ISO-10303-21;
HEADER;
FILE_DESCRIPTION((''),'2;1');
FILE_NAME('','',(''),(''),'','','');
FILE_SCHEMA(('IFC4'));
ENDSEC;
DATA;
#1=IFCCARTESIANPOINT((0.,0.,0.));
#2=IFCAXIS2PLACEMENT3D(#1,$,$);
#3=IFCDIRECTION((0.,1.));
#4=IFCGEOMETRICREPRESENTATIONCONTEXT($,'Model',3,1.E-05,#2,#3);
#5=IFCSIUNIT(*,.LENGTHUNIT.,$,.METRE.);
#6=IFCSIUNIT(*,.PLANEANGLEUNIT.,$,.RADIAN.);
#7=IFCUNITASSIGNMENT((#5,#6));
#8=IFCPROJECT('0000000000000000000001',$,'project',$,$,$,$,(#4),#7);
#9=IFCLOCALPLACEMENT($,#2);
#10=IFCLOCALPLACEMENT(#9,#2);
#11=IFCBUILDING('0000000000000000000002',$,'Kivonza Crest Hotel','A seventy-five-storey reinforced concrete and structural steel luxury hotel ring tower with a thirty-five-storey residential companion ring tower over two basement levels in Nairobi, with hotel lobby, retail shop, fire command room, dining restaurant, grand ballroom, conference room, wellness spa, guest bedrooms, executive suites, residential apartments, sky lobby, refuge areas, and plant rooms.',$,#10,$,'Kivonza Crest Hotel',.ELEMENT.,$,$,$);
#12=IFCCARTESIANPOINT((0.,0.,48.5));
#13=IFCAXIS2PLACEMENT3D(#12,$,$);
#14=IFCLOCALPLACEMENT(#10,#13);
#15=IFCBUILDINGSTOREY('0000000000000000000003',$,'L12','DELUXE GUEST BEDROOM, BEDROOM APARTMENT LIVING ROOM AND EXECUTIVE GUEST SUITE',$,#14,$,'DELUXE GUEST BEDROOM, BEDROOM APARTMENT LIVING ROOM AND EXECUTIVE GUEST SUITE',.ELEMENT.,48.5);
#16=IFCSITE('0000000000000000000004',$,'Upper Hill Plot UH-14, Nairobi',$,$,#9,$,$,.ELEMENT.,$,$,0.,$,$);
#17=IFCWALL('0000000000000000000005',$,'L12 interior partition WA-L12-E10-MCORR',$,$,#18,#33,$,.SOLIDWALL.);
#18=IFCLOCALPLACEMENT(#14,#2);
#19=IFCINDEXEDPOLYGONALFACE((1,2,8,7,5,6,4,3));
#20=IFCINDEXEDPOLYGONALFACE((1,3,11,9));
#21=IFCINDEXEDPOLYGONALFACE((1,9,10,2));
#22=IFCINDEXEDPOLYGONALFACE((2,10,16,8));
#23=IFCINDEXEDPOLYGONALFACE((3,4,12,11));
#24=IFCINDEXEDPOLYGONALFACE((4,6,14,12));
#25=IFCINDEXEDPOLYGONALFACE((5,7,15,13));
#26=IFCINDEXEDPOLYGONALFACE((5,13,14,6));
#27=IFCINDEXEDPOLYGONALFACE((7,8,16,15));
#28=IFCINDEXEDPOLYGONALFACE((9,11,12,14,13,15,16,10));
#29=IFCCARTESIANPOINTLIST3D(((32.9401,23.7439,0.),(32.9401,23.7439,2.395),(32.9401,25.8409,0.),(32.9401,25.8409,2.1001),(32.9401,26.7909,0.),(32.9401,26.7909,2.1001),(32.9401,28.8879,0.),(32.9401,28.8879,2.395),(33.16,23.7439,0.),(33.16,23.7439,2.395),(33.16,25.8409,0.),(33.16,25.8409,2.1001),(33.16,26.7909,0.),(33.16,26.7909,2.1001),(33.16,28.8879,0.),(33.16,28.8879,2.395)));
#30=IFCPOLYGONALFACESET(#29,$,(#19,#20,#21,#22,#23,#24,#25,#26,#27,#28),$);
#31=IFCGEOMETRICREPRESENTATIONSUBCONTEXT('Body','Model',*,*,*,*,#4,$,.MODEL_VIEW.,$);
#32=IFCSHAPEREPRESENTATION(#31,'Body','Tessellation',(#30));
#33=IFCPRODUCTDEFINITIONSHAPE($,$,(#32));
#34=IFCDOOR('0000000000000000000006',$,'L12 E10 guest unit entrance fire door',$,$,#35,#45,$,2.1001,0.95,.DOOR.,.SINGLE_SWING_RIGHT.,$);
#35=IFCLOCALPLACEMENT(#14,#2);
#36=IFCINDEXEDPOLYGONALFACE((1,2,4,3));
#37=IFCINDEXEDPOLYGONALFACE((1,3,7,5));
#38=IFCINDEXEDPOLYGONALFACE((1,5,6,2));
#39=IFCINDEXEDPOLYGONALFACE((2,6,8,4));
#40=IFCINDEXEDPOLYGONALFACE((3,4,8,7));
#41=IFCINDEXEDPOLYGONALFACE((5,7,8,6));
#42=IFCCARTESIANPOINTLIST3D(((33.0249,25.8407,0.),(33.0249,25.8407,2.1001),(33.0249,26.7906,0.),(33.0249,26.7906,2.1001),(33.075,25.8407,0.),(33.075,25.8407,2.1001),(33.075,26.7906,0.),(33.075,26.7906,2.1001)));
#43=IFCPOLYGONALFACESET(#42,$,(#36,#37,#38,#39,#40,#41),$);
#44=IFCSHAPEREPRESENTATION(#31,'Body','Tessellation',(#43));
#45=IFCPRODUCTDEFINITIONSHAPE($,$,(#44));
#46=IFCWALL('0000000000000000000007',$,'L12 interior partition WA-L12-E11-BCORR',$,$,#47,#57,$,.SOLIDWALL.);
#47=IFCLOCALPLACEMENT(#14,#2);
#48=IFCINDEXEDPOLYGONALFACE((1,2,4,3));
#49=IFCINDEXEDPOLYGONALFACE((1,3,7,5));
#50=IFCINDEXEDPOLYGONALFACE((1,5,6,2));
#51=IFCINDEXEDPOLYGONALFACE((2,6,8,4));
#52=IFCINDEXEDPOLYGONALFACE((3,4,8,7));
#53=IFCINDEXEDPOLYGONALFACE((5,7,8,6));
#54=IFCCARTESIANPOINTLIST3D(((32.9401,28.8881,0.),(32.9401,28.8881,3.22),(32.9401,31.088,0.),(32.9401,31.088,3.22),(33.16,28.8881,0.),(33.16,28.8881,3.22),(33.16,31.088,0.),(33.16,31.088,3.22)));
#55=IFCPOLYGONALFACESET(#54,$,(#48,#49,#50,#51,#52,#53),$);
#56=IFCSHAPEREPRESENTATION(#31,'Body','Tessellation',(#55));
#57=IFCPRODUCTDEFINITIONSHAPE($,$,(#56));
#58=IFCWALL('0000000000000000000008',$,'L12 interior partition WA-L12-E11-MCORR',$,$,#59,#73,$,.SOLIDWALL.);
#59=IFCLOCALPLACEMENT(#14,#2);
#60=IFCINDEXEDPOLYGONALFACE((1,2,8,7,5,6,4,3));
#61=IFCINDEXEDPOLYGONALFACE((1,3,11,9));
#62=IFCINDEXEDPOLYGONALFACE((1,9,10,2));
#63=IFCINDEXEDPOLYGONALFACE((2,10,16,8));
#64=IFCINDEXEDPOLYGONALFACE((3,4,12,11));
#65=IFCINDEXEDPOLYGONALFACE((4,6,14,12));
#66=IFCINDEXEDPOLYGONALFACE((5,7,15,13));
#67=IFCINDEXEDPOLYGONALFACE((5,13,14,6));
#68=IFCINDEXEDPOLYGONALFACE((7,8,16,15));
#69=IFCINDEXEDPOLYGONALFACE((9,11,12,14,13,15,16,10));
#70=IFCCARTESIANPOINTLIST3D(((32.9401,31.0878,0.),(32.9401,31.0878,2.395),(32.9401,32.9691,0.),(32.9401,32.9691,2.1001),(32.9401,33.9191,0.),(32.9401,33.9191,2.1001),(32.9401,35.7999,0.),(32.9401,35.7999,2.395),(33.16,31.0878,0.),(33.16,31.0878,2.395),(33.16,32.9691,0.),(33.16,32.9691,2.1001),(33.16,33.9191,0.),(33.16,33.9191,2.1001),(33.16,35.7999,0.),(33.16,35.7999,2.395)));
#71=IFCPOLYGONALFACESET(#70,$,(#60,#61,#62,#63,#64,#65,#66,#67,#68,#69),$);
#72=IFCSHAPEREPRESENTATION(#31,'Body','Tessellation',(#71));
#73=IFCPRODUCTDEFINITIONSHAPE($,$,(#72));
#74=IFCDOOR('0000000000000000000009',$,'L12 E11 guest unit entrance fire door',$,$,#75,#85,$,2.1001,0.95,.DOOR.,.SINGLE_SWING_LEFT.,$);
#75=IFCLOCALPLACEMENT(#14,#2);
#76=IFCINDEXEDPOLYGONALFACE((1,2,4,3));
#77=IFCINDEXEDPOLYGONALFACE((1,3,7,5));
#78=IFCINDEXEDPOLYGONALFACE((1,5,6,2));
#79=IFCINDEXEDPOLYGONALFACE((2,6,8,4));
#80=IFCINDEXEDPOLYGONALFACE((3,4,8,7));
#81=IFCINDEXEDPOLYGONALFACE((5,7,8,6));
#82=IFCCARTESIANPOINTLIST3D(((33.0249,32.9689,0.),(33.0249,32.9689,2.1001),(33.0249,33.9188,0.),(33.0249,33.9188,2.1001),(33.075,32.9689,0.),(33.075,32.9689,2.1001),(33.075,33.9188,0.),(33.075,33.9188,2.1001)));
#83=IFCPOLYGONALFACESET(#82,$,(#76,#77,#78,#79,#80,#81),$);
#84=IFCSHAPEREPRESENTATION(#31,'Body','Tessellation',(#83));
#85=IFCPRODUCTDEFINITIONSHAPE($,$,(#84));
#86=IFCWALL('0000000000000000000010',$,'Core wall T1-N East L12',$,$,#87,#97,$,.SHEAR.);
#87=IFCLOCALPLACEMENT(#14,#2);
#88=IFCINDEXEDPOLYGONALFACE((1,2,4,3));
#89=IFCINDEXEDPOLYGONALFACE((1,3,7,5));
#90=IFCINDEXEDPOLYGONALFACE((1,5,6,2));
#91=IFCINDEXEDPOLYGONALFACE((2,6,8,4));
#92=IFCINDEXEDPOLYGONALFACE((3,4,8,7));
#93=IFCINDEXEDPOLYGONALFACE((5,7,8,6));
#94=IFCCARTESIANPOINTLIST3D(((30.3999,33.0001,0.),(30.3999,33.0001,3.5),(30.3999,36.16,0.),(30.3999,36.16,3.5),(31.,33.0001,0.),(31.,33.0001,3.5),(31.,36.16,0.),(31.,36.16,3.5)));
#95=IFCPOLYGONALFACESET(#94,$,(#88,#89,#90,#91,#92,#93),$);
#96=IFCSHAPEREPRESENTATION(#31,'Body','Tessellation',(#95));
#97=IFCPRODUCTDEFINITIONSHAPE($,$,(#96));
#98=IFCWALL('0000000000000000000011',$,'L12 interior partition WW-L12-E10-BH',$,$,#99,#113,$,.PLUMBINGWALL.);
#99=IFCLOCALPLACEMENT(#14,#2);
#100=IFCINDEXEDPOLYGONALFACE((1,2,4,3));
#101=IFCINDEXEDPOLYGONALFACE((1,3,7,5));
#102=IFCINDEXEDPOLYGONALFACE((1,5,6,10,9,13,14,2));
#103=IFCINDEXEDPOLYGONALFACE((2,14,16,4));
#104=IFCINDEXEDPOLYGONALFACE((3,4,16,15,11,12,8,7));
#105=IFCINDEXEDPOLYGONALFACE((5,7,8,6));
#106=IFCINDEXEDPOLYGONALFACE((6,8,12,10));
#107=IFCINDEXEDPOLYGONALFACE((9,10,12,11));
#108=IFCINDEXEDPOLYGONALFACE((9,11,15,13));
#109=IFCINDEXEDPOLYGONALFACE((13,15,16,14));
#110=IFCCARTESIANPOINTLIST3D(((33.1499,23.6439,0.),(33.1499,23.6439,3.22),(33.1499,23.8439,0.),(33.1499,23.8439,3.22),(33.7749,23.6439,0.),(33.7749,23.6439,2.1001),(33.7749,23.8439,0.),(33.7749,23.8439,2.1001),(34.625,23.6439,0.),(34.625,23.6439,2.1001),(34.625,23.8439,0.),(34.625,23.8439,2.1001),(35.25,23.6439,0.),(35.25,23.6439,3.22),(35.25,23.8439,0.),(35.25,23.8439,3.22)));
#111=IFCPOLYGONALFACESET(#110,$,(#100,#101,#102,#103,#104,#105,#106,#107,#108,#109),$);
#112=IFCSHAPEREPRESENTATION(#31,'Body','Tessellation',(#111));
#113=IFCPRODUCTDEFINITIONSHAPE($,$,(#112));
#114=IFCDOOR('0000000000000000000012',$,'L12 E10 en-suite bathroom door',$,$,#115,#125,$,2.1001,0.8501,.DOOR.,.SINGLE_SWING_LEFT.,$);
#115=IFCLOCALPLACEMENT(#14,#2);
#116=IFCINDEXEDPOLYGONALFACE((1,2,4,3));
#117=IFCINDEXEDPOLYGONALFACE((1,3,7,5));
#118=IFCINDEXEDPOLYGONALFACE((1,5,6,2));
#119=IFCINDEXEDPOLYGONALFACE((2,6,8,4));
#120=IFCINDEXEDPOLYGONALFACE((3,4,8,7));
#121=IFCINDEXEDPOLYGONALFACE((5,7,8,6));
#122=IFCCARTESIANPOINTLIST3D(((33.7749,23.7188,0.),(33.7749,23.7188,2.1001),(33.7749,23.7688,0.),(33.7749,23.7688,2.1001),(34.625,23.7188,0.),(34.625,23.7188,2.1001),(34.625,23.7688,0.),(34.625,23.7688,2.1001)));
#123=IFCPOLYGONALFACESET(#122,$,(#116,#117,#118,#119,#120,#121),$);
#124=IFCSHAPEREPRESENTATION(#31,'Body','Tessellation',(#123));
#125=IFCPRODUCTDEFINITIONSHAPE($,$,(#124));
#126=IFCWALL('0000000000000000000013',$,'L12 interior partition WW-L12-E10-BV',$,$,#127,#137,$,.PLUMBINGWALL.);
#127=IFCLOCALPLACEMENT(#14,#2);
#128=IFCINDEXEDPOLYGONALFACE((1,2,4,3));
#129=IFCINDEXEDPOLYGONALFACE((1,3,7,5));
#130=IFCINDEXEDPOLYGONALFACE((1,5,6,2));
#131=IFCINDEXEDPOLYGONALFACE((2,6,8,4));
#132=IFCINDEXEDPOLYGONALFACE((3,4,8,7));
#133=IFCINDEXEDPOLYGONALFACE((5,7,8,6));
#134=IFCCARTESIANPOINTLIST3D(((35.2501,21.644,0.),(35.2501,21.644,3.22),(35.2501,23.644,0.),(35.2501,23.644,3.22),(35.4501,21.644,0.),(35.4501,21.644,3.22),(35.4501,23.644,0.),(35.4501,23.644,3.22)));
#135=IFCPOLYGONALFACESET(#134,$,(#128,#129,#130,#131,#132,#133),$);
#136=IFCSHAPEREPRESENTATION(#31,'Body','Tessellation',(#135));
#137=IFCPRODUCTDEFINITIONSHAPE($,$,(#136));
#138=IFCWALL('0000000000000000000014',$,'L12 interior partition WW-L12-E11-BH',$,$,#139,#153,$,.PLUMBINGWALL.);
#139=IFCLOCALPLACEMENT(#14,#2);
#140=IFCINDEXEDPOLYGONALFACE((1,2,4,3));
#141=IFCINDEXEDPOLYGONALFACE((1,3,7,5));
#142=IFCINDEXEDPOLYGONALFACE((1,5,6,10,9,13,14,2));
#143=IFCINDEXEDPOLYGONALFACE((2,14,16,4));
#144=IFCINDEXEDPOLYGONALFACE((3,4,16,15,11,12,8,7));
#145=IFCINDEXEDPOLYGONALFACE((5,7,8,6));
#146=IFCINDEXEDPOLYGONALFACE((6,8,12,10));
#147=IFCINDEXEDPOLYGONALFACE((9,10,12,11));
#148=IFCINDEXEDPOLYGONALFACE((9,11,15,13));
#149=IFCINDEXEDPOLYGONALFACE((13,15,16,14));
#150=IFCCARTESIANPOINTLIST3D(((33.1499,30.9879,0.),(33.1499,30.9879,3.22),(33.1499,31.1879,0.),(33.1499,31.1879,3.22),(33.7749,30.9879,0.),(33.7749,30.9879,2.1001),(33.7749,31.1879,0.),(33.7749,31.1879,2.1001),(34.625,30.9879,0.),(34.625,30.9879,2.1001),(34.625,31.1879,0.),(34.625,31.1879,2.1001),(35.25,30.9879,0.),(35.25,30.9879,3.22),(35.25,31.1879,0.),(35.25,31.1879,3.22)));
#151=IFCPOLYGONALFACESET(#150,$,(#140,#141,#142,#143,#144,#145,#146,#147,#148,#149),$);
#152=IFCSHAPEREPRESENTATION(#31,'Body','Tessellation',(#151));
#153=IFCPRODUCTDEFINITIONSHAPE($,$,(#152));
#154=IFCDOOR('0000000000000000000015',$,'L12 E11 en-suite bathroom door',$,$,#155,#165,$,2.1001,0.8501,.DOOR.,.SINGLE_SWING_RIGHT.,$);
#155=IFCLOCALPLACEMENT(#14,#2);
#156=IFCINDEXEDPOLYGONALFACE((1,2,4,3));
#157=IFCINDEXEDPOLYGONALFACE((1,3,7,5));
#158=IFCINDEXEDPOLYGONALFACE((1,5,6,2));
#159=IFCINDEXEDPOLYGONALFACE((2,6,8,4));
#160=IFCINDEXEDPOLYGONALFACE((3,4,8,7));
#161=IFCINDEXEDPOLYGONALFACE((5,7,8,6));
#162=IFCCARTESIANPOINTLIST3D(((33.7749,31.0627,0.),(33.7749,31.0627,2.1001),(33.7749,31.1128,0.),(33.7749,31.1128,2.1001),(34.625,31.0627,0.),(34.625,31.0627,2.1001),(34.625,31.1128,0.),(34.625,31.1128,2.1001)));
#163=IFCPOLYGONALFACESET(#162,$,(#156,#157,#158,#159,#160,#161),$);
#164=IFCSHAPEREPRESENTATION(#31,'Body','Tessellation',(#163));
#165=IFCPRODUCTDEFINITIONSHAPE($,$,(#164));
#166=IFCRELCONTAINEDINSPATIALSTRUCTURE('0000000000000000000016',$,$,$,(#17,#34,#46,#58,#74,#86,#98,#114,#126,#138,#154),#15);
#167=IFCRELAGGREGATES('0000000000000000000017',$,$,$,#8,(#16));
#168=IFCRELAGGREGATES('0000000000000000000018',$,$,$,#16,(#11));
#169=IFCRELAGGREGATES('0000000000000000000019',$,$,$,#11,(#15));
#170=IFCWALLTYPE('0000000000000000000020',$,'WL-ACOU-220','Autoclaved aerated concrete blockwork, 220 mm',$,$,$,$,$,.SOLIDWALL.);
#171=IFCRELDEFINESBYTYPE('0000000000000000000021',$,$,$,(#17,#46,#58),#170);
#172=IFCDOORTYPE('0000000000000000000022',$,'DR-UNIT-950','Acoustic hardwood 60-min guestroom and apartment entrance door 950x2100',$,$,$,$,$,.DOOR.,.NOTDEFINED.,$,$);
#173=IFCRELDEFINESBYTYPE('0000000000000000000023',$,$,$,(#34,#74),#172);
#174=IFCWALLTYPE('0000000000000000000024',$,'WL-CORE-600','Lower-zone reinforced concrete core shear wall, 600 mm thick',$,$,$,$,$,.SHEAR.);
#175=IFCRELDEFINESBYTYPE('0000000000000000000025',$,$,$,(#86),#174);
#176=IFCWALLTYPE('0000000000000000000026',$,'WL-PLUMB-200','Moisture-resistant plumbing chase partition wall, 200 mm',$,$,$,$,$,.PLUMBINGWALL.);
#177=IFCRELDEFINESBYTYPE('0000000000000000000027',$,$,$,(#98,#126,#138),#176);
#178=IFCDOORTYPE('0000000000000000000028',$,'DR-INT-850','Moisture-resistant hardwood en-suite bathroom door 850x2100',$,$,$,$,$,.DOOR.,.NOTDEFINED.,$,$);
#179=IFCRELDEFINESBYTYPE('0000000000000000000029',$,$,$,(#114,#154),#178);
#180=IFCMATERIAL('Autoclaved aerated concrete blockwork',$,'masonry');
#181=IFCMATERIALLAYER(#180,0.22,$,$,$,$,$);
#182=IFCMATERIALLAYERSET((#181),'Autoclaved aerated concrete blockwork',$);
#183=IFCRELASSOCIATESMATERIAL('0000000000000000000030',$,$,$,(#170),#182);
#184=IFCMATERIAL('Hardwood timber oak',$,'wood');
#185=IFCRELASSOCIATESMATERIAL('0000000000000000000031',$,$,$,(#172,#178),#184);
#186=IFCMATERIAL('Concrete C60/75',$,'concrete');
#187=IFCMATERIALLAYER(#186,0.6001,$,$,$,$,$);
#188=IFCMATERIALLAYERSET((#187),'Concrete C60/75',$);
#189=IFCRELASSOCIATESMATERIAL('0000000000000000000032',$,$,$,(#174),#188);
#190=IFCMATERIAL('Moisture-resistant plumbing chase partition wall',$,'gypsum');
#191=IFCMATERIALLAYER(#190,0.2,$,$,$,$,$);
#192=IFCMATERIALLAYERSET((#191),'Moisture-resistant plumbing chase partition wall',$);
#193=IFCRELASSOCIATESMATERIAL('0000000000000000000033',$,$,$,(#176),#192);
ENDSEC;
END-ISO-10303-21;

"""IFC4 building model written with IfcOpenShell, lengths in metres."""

from ifc_helpers import new_model, si_unit, direction, frame, frame_2d, origin, place, context, subcontext, project, spatial, rectangle, extrude, material, layer, layer_set, type_object, element, fill, save


model = new_model("IFC4")

# Units and contexts
model_context = context("Model", 3, precision=1e-05, world=origin(), true_north=direction((0.0, 1.0)))
body_context = subcontext(model_context, "Body", "Model", "MODEL_VIEW")
ifc_project = project(units=[si_unit("LENGTHUNIT", "METRE"), si_unit("PLANEANGLEUNIT", "RADIAN")], contexts=[model_context])

# Site, building, storey
site_placement = place(None, origin())
site = spatial("IfcSite", under=ifc_project, at=site_placement, Name="Upper Hill Plot UH-14, Nairobi", CompositionType="ELEMENT", RefElevation=0.0)
building_placement = place(site_placement, origin())
building = spatial("IfcBuilding", under=site, at=building_placement, Name="Kivonza Crest Hotel", Description="A seventy-five-storey reinforced concrete and structural steel luxury hotel ring tower with a thirty-five-storey residential companion ring tower over two basement levels in Nairobi, with hotel lobby, retail shop, fire command room, dining restaurant, grand ballroom, conference room, wellness spa, guest bedrooms, executive suites, residential apartments, sky lobby, refuge areas, and plant rooms.", LongName="Kivonza Crest Hotel", CompositionType="ELEMENT")
storey_placement = place(building_placement, frame((0.0, 0.0, 48.5)))
storey = spatial("IfcBuildingStorey", under=building, at=storey_placement, Name="L12", Description="DELUXE GUEST BEDROOM, BEDROOM APARTMENT LIVING ROOM AND EXECUTIVE GUEST SUITE", LongName="DELUXE GUEST BEDROOM, BEDROOM APARTMENT LIVING ROOM AND EXECUTIVE GUEST SUITE", CompositionType="ELEMENT", Elevation=48.5)

# Shared definitions
ifc_material_1 = material(Name="Concrete C60/75", Category="concrete")

# Shared definitions
ifc_material_2 = material(Name="Autoclaved aerated concrete blockwork", Category="masonry")
ifc_layer_1 = layer(ifc_material_2, 0.22)
ifc_layer_set_1 = layer_set([ifc_layer_1], Name="Autoclaved aerated concrete blockwork")
wall_type_1 = type_object("IfcWallType", Name="WL-ACOU-220", Description="Autoclaved aerated concrete blockwork, 220 mm", PredefinedType="SOLIDWALL", material=ifc_layer_set_1)

# Wall, opening, door
wall_1_placement = place(storey_placement, frame((33.05, 23.7439, 0.0), z_axis=(0.0, 0.0, 1.0), x_axis=(0.0, 1.0, 0.0)))
wall_1 = element("IfcWall", 1, at=wall_1_placement, inside=storey, type_object=wall_type_1, Name="L12 interior partition WA-L12-E10-MCORR", PredefinedType="SOLIDWALL", context=body_context, shape_type="SweptSolid", body=[
    extrude(rectangle(XDim=5.144, YDim=0.22, at=frame_2d((2.572, 0.0))), origin(), (0.0, 0.0, 1.0), 2.395),
])
opening_1_placement = place(wall_1_placement, frame((2.0969, 0.0, 0.0)))
opening_1 = element("IfcOpeningElement", 2, at=opening_1_placement, cuts=wall_1, PredefinedType="OPENING", context=body_context, shape_type="SweptSolid", body=[
    extrude(rectangle(XDim=0.95, YDim=2.1001, at=frame_2d((0.4751, 1.05))), frame((0.0, 0.1201, 0.0), z_axis=(0.0, -1.0, 0.0), x_axis=(1.0, 0.0, 0.0)), (0.0, 0.0, 1.0), 0.24),
])
ifc_material_3 = material(Name="Hardwood timber oak", Category="wood")
door_type_1 = type_object("IfcDoorType", Name="DR-UNIT-950", Description="Acoustic hardwood 60-min guestroom and apartment entrance door 950x2100", OperationType="NOTDEFINED", PredefinedType="DOOR", material=ifc_material_3)
door_1_placement = place(opening_1_placement, frame((0.95, 0.0, 0.0), z_axis=(0.0, 0.0, 1.0), x_axis=(-1.0, 0.0, 0.0)))
door_1 = element("IfcDoor", 3, at=door_1_placement, inside=storey, type_object=door_type_1, Name="L12 E10 guest unit entrance fire door", OperationType="SINGLE_SWING_RIGHT", OverallHeight=2.1001, OverallWidth=0.95, PredefinedType="DOOR", context=body_context, shape_type="SweptSolid", body=[
    extrude(rectangle(XDim=0.95, YDim=2.1001, at=frame_2d((0.4751, 1.05))), frame((0.0, 0.0249, 0.0), z_axis=(0.0, -1.0, 0.0), x_axis=(1.0, 0.0, 0.0)), (0.0, 0.0, 1.0), 0.05),
])
fill(opening_1, door_1)

# Wall
wall_2_placement = place(storey_placement, frame((33.05, 28.8879, 0.0), z_axis=(0.0, 0.0, 1.0), x_axis=(0.0, 1.0, 0.0)))
element("IfcWall", 4, at=wall_2_placement, inside=storey, type_object=wall_type_1, Name="L12 interior partition WA-L12-E11-BCORR", PredefinedType="SOLIDWALL", context=body_context, shape_type="SweptSolid", body=[
    extrude(rectangle(XDim=2.2, YDim=0.22, at=frame_2d((1.1001, 0.0))), origin(), (0.0, 0.0, 1.0), 3.22),
])

# Wall, opening, door
wall_3_placement = place(storey_placement, frame((33.05, 31.0879, 0.0), z_axis=(0.0, 0.0, 1.0), x_axis=(0.0, 1.0, 0.0)))
wall_3 = element("IfcWall", 5, at=wall_3_placement, inside=storey, type_object=wall_type_1, Name="L12 interior partition WA-L12-E11-MCORR", PredefinedType="SOLIDWALL", context=body_context, shape_type="SweptSolid", body=[
    extrude(rectangle(XDim=4.7122, YDim=0.22, at=frame_2d((2.356, 0.0))), origin(), (0.0, 0.0, 1.0), 2.395),
])
opening_2_placement = place(wall_3_placement, frame((1.8811, 0.0, 0.0)))
opening_2 = element("IfcOpeningElement", 6, at=opening_2_placement, cuts=wall_3, PredefinedType="OPENING", context=body_context, shape_type="SweptSolid", body=[
    extrude(rectangle(XDim=0.95, YDim=2.1001, at=frame_2d((0.4751, 1.05))), frame((0.0, 0.1201, 0.0), z_axis=(0.0, -1.0, 0.0), x_axis=(1.0, 0.0, 0.0)), (0.0, 0.0, 1.0), 0.24),
])
door_2_placement = place(opening_2_placement, frame((0.95, 0.0, 0.0), z_axis=(0.0, 0.0, 1.0), x_axis=(-1.0, 0.0, 0.0)))
door_2 = element("IfcDoor", 7, at=door_2_placement, inside=storey, type_object=door_type_1, Name="L12 E11 guest unit entrance fire door", OperationType="SINGLE_SWING_LEFT", OverallHeight=2.1001, OverallWidth=0.95, PredefinedType="DOOR", context=body_context, shape_type="SweptSolid", body=[
    extrude(rectangle(XDim=0.95, YDim=2.1001, at=frame_2d((0.4751, 1.05))), frame((0.0, 0.0249, 0.0), z_axis=(0.0, -1.0, 0.0), x_axis=(1.0, 0.0, 0.0)), (0.0, 0.0, 1.0), 0.05),
])
fill(opening_2, door_2)

# Wall
ifc_layer_2 = layer(ifc_material_1, 0.6001)
ifc_layer_set_2 = layer_set([ifc_layer_2], Name="Concrete C60/75")
wall_type_2 = type_object("IfcWallType", Name="WL-CORE-600", Description="Lower-zone reinforced concrete core shear wall, 600 mm thick", PredefinedType="SHEAR", material=ifc_layer_set_2)
wall_4_placement = place(storey_placement, frame((30.7, 33.0, 0.0), z_axis=(0.0, 0.0, 1.0), x_axis=(0.0, 1.0, 0.0)))
element("IfcWall", 8, at=wall_4_placement, inside=storey, type_object=wall_type_2, Name="Core wall T1-N East L12", PredefinedType="SHEAR", context=body_context, shape_type="SweptSolid", body=[
    extrude(rectangle(XDim=3.1599, YDim=0.6001, at=frame_2d((1.5801, 0.0))), origin(), (0.0, 0.0, 1.0), 3.5),
])

# Wall, opening, door
ifc_material_4 = material(Name="Moisture-resistant plumbing chase partition wall", Category="gypsum")
ifc_layer_3 = layer(ifc_material_4, 0.2)
ifc_layer_set_3 = layer_set([ifc_layer_3], Name="Moisture-resistant plumbing chase partition wall")
wall_type_3 = type_object("IfcWallType", Name="WL-PLUMB-200", Description="Moisture-resistant plumbing chase partition wall, 200 mm", PredefinedType="PLUMBINGWALL", material=ifc_layer_set_3)
wall_5_placement = place(storey_placement, frame((33.1499, 23.7439, 0.0), z_axis=(0.0, 0.0, 1.0), x_axis=(1.0, 0.0, 0.0)))
wall_5 = element("IfcWall", 9, at=wall_5_placement, inside=storey, type_object=wall_type_3, Name="L12 interior partition WW-L12-E10-BH", PredefinedType="PLUMBINGWALL", context=body_context, shape_type="SweptSolid", body=[
    extrude(rectangle(XDim=2.1001, YDim=0.2, at=frame_2d((1.05, 0.0))), origin(), (0.0, 0.0, 1.0), 3.22),
])
opening_3_placement = place(wall_5_placement, frame((0.625, 0.0, 0.0)))
opening_3 = element("IfcOpeningElement", 10, at=opening_3_placement, cuts=wall_5, PredefinedType="OPENING", context=body_context, shape_type="SweptSolid", body=[
    extrude(rectangle(XDim=0.8501, YDim=2.1001, at=frame_2d((0.425, 1.05))), frame((0.0, 0.1099, 0.0), z_axis=(0.0, -1.0, 0.0), x_axis=(1.0, 0.0, 0.0)), (0.0, 0.0, 1.0), 0.22),
])
door_type_2 = type_object("IfcDoorType", Name="DR-INT-850", Description="Moisture-resistant hardwood en-suite bathroom door 850x2100", OperationType="NOTDEFINED", PredefinedType="DOOR", material=ifc_material_3)
door_3_placement = place(opening_3_placement, origin())
door_3 = element("IfcDoor", 11, at=door_3_placement, inside=storey, type_object=door_type_2, Name="L12 E10 en-suite bathroom door", OperationType="SINGLE_SWING_LEFT", OverallHeight=2.1001, OverallWidth=0.8501, PredefinedType="DOOR", context=body_context, shape_type="SweptSolid", body=[
    extrude(rectangle(XDim=0.8501, YDim=2.1001, at=frame_2d((0.425, 1.05))), frame((0.0, 0.0249, 0.0), z_axis=(0.0, -1.0, 0.0), x_axis=(1.0, 0.0, 0.0)), (0.0, 0.0, 1.0), 0.05),
])
fill(opening_3, door_3)

# Wall
wall_6_placement = place(storey_placement, frame((35.3501, 21.644, 0.0), z_axis=(0.0, 0.0, 1.0), x_axis=(0.0, 1.0, 0.0)))
element("IfcWall", 12, at=wall_6_placement, inside=storey, type_object=wall_type_3, Name="L12 interior partition WW-L12-E10-BV", PredefinedType="PLUMBINGWALL", context=body_context, shape_type="SweptSolid", body=[
    extrude(rectangle(XDim=2.0, YDim=0.2, at=frame_2d((1.0, 0.0))), origin(), (0.0, 0.0, 1.0), 3.22),
])

# Wall, opening, door
wall_7_placement = place(storey_placement, frame((33.1499, 31.0879, 0.0), z_axis=(0.0, 0.0, 1.0), x_axis=(1.0, 0.0, 0.0)))
wall_7 = element("IfcWall", 13, at=wall_7_placement, inside=storey, type_object=wall_type_3, Name="L12 interior partition WW-L12-E11-BH", PredefinedType="PLUMBINGWALL", context=body_context, shape_type="SweptSolid", body=[
    extrude(rectangle(XDim=2.1001, YDim=0.2, at=frame_2d((1.05, 0.0))), origin(), (0.0, 0.0, 1.0), 3.22),
])
opening_4_placement = place(wall_7_placement, frame((0.625, 0.0, 0.0)))
opening_4 = element("IfcOpeningElement", 14, at=opening_4_placement, cuts=wall_7, PredefinedType="OPENING", context=body_context, shape_type="SweptSolid", body=[
    extrude(rectangle(XDim=0.8501, YDim=2.1001, at=frame_2d((0.425, 1.05))), frame((0.0, 0.1099, 0.0), z_axis=(0.0, -1.0, 0.0), x_axis=(1.0, 0.0, 0.0)), (0.0, 0.0, 1.0), 0.22),
])
door_4_placement = place(opening_4_placement, origin())
door_4 = element("IfcDoor", 15, at=door_4_placement, inside=storey, type_object=door_type_2, Name="L12 E11 en-suite bathroom door", OperationType="SINGLE_SWING_RIGHT", OverallHeight=2.1001, OverallWidth=0.8501, PredefinedType="DOOR", context=body_context, shape_type="SweptSolid", body=[
    extrude(rectangle(XDim=0.8501, YDim=2.1001, at=frame_2d((0.425, 1.05))), frame((0.0, 0.0249, 0.0), z_axis=(0.0, -1.0, 0.0), x_axis=(1.0, 0.0, 0.0)), (0.0, 0.0, 1.0), 0.05),
])
fill(opening_4, door_4)

save(model, "model.ifc")
